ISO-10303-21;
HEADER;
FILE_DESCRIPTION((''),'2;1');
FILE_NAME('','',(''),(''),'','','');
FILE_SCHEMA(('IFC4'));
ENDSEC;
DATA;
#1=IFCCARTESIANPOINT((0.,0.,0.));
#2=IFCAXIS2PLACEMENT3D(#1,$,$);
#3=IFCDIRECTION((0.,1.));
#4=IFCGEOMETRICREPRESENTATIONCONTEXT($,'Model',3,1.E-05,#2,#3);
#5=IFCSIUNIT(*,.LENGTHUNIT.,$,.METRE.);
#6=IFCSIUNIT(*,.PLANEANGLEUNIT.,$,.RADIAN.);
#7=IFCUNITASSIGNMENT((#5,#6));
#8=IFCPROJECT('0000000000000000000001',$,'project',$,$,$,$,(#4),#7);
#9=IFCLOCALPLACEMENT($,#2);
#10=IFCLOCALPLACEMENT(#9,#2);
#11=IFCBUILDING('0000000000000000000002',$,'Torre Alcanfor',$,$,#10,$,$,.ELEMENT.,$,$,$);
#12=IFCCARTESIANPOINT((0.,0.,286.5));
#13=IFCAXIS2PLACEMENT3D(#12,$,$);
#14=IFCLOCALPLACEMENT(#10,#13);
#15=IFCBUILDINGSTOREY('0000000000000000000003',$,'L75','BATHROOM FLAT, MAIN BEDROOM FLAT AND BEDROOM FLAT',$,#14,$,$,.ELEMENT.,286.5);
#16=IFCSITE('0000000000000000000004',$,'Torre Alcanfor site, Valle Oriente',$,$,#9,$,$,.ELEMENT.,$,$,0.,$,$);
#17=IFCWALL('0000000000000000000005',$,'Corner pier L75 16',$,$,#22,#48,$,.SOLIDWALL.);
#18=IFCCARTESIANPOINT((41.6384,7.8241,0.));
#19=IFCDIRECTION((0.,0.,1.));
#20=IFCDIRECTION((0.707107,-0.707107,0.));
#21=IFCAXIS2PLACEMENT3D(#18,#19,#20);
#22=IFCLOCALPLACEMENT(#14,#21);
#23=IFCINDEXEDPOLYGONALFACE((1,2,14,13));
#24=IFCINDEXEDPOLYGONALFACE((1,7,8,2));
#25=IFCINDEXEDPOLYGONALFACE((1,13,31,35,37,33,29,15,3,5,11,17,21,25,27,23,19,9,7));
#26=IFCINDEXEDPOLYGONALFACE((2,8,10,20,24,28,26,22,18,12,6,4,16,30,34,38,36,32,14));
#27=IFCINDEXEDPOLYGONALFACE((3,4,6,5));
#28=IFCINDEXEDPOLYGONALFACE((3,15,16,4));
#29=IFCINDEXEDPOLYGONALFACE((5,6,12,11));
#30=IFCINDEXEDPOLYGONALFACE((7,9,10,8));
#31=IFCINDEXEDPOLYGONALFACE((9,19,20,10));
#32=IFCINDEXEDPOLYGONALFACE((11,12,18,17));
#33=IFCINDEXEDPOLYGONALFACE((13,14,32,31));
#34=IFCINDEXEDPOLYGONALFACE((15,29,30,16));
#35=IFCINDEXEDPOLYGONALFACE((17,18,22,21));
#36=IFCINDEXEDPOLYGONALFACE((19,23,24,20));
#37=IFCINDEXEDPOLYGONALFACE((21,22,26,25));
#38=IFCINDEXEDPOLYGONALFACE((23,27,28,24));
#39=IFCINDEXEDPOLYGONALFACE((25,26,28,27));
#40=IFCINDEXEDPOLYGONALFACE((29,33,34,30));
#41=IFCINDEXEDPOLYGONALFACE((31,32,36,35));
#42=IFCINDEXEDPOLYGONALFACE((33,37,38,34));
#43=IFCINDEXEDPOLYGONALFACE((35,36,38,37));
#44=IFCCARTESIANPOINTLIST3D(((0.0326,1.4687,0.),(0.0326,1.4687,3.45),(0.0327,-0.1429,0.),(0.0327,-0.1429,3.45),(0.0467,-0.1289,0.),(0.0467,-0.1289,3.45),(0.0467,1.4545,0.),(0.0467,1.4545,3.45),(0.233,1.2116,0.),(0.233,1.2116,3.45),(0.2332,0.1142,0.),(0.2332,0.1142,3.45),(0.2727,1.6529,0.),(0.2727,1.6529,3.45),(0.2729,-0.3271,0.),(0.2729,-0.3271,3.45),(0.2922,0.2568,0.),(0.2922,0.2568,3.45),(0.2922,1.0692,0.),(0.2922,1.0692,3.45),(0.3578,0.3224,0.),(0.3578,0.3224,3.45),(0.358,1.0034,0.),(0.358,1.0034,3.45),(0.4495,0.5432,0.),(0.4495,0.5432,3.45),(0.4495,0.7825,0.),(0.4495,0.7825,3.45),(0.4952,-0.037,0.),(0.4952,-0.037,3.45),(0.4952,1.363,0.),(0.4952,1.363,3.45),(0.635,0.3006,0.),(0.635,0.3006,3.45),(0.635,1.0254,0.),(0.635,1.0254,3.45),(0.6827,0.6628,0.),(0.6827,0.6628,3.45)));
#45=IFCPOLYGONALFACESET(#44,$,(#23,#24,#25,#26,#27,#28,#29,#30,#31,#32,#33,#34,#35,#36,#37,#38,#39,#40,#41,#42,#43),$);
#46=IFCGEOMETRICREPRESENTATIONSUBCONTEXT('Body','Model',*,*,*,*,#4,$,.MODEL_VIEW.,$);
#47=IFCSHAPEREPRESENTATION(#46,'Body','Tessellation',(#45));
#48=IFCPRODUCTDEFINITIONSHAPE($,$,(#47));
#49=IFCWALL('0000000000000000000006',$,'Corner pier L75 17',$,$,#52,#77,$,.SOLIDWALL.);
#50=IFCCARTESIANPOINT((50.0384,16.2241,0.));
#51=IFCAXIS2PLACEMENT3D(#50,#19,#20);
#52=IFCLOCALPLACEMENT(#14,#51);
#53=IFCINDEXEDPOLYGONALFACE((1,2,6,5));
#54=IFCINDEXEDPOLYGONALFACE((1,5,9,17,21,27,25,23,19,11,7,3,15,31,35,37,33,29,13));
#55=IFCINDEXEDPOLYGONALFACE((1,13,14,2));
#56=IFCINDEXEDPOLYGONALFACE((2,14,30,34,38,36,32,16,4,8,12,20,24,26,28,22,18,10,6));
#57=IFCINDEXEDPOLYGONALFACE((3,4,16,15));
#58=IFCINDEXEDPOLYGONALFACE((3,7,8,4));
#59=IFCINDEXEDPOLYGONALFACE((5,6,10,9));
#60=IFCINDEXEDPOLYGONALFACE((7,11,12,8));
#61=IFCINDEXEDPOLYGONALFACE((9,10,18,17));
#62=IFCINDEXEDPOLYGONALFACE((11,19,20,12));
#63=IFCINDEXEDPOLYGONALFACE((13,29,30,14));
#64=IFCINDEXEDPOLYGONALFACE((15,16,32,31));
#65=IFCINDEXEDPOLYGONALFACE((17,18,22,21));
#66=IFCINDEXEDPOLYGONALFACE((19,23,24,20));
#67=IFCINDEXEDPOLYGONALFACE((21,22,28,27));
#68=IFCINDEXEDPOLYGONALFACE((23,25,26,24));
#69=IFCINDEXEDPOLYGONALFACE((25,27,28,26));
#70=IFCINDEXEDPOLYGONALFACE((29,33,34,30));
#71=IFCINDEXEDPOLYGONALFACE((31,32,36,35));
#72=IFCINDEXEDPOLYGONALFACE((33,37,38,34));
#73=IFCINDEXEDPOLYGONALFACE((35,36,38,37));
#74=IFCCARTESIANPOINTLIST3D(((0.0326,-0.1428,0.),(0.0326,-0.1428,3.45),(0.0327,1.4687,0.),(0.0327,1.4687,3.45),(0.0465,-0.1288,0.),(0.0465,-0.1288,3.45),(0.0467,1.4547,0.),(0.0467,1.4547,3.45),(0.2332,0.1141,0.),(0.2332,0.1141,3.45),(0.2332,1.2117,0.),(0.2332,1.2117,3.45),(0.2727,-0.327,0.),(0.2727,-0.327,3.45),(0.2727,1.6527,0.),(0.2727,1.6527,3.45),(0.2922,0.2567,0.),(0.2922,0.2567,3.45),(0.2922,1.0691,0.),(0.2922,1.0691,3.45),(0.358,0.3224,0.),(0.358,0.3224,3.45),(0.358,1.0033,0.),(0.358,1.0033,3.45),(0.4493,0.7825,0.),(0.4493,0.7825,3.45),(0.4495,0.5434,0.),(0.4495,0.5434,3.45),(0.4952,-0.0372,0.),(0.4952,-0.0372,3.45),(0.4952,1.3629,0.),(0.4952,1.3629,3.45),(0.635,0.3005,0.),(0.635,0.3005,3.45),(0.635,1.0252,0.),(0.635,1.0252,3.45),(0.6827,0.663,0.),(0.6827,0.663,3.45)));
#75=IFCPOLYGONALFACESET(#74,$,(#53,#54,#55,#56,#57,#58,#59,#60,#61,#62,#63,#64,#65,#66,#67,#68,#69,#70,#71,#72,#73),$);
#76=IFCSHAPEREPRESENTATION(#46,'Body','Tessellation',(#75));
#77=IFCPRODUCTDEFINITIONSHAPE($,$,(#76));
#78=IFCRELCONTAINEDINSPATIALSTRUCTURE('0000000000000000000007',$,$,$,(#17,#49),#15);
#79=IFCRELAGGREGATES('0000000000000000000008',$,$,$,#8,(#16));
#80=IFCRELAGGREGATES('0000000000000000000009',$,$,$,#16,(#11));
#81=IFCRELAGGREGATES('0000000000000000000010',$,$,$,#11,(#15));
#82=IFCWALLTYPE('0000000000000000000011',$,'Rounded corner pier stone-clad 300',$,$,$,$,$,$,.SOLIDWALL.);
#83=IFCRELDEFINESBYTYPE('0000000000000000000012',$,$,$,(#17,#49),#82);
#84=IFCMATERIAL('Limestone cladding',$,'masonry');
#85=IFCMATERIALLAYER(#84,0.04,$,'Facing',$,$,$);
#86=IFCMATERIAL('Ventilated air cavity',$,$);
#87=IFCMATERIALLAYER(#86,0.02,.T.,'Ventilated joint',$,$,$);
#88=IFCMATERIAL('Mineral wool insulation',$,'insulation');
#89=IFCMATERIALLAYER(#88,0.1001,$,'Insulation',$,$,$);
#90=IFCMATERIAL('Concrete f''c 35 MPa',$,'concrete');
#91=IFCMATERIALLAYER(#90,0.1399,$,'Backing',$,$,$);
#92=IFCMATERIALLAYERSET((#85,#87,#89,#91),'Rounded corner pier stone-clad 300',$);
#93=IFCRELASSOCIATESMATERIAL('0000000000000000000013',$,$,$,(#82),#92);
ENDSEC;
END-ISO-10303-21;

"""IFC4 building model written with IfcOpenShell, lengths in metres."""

from ifc_helpers import new_model, si_unit, direction, frame, origin, place, context, subcontext, project, spatial, polyline, outline, extrude, material, layer, layer_set, type_object, element, save


model = new_model("IFC4")

# Units and contexts
model_context = context("Model", 3, precision=1e-05, world=origin(), true_north=direction((0.0, 1.0)))
body_context = subcontext(model_context, "Body", "Model", "MODEL_VIEW")
ifc_project = project(units=[si_unit("LENGTHUNIT", "METRE"), si_unit("PLANEANGLEUNIT", "RADIAN")], contexts=[model_context])

# Site, building, storey
site_placement = place(None, origin())
site = spatial("IfcSite", under=ifc_project, at=site_placement, Name="Torre Alcanfor site, Valle Oriente", CompositionType="ELEMENT", RefElevation=0.0)
building_placement = place(site_placement, origin())
building = spatial("IfcBuilding", under=site, at=building_placement, Name="Torre Alcanfor", CompositionType="ELEMENT")
storey_placement = place(building_placement, frame((0.0, 0.0, 286.5)))
storey = spatial("IfcBuildingStorey", under=building, at=storey_placement, Name="L75", Description="BATHROOM FLAT, MAIN BEDROOM FLAT AND BEDROOM FLAT", CompositionType="ELEMENT", Elevation=286.5)

# Shared definitions
ifc_material_1 = material(Name="Limestone cladding", Category="masonry")
ifc_material_2 = material(Name="Ventilated air cavity")
ifc_material_3 = material(Name="Mineral wool insulation", Category="insulation")
ifc_material_4 = material(Name="Concrete f'c 35 MPa", Category="concrete")

# Walls
ifc_layer_1 = layer(ifc_material_1, 0.04, Name="Facing")
ifc_layer_2 = layer(ifc_material_2, 0.02, ventilated=True, Name="Ventilated joint")
ifc_layer_3 = layer(ifc_material_3, 0.1001, Name="Insulation")
ifc_layer_4 = layer(ifc_material_4, 0.1399, Name="Backing")
ifc_layer_set_1 = layer_set([ifc_layer_1, ifc_layer_2, ifc_layer_3, ifc_layer_4], Name="Rounded corner pier stone-clad 300")
wall_type_1 = type_object("IfcWallType", Name="Rounded corner pier stone-clad 300", PredefinedType="SOLIDWALL", material=ifc_layer_set_1)
wall_1_placement = place(storey_placement, frame((41.6384, 7.8241, 0.0), z_axis=(0.0, 0.0, 1.0), x_axis=(0.707107, -0.707107, 0.0)))
element("IfcWall", 1, at=wall_1_placement, inside=storey, type_object=wall_type_1, Name="Corner pier L75 16", PredefinedType="SOLIDWALL", context=body_context, shape_type="SweptSolid", body=[
    extrude(outline(polyline([(0.0326, 1.4687), (0.0467, 1.4545), (0.233, 1.2116), (0.2922, 1.0692), (0.358, 1.0034), (0.4495, 0.7825), (0.4495, 0.5432), (0.3578, 0.3224), (0.2922, 0.2568), (0.2332, 0.1142), (0.0467, -0.1289), (0.0327, -0.1429), (0.2729, -0.3271), (0.4952, -0.037), (0.635, 0.3006), (0.6827, 0.6628), (0.635, 1.0254), (0.4952, 1.363), (0.2727, 1.6529), (0.0326, 1.4687)])), origin(), (0.0, 0.0, 1.0), 3.45),
])
wall_2_placement = place(storey_placement, frame((50.0384, 16.2241, 0.0), z_axis=(0.0, 0.0, 1.0), x_axis=(0.707107, -0.707107, 0.0)))
element("IfcWall", 2, at=wall_2_placement, inside=storey, type_object=wall_type_1, Name="Corner pier L75 17", PredefinedType="SOLIDWALL", context=body_context, shape_type="SweptSolid", body=[
    extrude(outline(polyline([(0.0467, 1.4547), (0.2332, 1.2117), (0.2922, 1.0691), (0.358, 1.0033), (0.4493, 0.7825), (0.4495, 0.5434), (0.358, 0.3224), (0.2922, 0.2567), (0.2332, 0.1141), (0.0465, -0.1288), (0.0326, -0.1428), (0.2727, -0.327), (0.4952, -0.0372), (0.635, 0.3005), (0.6827, 0.663), (0.635, 1.0252), (0.4952, 1.3629), (0.2727, 1.6527), (0.0327, 1.4687), (0.0467, 1.4547)])), origin(), (0.0, 0.0, 1.0), 3.45),
])

save(model, "model.ifc")
